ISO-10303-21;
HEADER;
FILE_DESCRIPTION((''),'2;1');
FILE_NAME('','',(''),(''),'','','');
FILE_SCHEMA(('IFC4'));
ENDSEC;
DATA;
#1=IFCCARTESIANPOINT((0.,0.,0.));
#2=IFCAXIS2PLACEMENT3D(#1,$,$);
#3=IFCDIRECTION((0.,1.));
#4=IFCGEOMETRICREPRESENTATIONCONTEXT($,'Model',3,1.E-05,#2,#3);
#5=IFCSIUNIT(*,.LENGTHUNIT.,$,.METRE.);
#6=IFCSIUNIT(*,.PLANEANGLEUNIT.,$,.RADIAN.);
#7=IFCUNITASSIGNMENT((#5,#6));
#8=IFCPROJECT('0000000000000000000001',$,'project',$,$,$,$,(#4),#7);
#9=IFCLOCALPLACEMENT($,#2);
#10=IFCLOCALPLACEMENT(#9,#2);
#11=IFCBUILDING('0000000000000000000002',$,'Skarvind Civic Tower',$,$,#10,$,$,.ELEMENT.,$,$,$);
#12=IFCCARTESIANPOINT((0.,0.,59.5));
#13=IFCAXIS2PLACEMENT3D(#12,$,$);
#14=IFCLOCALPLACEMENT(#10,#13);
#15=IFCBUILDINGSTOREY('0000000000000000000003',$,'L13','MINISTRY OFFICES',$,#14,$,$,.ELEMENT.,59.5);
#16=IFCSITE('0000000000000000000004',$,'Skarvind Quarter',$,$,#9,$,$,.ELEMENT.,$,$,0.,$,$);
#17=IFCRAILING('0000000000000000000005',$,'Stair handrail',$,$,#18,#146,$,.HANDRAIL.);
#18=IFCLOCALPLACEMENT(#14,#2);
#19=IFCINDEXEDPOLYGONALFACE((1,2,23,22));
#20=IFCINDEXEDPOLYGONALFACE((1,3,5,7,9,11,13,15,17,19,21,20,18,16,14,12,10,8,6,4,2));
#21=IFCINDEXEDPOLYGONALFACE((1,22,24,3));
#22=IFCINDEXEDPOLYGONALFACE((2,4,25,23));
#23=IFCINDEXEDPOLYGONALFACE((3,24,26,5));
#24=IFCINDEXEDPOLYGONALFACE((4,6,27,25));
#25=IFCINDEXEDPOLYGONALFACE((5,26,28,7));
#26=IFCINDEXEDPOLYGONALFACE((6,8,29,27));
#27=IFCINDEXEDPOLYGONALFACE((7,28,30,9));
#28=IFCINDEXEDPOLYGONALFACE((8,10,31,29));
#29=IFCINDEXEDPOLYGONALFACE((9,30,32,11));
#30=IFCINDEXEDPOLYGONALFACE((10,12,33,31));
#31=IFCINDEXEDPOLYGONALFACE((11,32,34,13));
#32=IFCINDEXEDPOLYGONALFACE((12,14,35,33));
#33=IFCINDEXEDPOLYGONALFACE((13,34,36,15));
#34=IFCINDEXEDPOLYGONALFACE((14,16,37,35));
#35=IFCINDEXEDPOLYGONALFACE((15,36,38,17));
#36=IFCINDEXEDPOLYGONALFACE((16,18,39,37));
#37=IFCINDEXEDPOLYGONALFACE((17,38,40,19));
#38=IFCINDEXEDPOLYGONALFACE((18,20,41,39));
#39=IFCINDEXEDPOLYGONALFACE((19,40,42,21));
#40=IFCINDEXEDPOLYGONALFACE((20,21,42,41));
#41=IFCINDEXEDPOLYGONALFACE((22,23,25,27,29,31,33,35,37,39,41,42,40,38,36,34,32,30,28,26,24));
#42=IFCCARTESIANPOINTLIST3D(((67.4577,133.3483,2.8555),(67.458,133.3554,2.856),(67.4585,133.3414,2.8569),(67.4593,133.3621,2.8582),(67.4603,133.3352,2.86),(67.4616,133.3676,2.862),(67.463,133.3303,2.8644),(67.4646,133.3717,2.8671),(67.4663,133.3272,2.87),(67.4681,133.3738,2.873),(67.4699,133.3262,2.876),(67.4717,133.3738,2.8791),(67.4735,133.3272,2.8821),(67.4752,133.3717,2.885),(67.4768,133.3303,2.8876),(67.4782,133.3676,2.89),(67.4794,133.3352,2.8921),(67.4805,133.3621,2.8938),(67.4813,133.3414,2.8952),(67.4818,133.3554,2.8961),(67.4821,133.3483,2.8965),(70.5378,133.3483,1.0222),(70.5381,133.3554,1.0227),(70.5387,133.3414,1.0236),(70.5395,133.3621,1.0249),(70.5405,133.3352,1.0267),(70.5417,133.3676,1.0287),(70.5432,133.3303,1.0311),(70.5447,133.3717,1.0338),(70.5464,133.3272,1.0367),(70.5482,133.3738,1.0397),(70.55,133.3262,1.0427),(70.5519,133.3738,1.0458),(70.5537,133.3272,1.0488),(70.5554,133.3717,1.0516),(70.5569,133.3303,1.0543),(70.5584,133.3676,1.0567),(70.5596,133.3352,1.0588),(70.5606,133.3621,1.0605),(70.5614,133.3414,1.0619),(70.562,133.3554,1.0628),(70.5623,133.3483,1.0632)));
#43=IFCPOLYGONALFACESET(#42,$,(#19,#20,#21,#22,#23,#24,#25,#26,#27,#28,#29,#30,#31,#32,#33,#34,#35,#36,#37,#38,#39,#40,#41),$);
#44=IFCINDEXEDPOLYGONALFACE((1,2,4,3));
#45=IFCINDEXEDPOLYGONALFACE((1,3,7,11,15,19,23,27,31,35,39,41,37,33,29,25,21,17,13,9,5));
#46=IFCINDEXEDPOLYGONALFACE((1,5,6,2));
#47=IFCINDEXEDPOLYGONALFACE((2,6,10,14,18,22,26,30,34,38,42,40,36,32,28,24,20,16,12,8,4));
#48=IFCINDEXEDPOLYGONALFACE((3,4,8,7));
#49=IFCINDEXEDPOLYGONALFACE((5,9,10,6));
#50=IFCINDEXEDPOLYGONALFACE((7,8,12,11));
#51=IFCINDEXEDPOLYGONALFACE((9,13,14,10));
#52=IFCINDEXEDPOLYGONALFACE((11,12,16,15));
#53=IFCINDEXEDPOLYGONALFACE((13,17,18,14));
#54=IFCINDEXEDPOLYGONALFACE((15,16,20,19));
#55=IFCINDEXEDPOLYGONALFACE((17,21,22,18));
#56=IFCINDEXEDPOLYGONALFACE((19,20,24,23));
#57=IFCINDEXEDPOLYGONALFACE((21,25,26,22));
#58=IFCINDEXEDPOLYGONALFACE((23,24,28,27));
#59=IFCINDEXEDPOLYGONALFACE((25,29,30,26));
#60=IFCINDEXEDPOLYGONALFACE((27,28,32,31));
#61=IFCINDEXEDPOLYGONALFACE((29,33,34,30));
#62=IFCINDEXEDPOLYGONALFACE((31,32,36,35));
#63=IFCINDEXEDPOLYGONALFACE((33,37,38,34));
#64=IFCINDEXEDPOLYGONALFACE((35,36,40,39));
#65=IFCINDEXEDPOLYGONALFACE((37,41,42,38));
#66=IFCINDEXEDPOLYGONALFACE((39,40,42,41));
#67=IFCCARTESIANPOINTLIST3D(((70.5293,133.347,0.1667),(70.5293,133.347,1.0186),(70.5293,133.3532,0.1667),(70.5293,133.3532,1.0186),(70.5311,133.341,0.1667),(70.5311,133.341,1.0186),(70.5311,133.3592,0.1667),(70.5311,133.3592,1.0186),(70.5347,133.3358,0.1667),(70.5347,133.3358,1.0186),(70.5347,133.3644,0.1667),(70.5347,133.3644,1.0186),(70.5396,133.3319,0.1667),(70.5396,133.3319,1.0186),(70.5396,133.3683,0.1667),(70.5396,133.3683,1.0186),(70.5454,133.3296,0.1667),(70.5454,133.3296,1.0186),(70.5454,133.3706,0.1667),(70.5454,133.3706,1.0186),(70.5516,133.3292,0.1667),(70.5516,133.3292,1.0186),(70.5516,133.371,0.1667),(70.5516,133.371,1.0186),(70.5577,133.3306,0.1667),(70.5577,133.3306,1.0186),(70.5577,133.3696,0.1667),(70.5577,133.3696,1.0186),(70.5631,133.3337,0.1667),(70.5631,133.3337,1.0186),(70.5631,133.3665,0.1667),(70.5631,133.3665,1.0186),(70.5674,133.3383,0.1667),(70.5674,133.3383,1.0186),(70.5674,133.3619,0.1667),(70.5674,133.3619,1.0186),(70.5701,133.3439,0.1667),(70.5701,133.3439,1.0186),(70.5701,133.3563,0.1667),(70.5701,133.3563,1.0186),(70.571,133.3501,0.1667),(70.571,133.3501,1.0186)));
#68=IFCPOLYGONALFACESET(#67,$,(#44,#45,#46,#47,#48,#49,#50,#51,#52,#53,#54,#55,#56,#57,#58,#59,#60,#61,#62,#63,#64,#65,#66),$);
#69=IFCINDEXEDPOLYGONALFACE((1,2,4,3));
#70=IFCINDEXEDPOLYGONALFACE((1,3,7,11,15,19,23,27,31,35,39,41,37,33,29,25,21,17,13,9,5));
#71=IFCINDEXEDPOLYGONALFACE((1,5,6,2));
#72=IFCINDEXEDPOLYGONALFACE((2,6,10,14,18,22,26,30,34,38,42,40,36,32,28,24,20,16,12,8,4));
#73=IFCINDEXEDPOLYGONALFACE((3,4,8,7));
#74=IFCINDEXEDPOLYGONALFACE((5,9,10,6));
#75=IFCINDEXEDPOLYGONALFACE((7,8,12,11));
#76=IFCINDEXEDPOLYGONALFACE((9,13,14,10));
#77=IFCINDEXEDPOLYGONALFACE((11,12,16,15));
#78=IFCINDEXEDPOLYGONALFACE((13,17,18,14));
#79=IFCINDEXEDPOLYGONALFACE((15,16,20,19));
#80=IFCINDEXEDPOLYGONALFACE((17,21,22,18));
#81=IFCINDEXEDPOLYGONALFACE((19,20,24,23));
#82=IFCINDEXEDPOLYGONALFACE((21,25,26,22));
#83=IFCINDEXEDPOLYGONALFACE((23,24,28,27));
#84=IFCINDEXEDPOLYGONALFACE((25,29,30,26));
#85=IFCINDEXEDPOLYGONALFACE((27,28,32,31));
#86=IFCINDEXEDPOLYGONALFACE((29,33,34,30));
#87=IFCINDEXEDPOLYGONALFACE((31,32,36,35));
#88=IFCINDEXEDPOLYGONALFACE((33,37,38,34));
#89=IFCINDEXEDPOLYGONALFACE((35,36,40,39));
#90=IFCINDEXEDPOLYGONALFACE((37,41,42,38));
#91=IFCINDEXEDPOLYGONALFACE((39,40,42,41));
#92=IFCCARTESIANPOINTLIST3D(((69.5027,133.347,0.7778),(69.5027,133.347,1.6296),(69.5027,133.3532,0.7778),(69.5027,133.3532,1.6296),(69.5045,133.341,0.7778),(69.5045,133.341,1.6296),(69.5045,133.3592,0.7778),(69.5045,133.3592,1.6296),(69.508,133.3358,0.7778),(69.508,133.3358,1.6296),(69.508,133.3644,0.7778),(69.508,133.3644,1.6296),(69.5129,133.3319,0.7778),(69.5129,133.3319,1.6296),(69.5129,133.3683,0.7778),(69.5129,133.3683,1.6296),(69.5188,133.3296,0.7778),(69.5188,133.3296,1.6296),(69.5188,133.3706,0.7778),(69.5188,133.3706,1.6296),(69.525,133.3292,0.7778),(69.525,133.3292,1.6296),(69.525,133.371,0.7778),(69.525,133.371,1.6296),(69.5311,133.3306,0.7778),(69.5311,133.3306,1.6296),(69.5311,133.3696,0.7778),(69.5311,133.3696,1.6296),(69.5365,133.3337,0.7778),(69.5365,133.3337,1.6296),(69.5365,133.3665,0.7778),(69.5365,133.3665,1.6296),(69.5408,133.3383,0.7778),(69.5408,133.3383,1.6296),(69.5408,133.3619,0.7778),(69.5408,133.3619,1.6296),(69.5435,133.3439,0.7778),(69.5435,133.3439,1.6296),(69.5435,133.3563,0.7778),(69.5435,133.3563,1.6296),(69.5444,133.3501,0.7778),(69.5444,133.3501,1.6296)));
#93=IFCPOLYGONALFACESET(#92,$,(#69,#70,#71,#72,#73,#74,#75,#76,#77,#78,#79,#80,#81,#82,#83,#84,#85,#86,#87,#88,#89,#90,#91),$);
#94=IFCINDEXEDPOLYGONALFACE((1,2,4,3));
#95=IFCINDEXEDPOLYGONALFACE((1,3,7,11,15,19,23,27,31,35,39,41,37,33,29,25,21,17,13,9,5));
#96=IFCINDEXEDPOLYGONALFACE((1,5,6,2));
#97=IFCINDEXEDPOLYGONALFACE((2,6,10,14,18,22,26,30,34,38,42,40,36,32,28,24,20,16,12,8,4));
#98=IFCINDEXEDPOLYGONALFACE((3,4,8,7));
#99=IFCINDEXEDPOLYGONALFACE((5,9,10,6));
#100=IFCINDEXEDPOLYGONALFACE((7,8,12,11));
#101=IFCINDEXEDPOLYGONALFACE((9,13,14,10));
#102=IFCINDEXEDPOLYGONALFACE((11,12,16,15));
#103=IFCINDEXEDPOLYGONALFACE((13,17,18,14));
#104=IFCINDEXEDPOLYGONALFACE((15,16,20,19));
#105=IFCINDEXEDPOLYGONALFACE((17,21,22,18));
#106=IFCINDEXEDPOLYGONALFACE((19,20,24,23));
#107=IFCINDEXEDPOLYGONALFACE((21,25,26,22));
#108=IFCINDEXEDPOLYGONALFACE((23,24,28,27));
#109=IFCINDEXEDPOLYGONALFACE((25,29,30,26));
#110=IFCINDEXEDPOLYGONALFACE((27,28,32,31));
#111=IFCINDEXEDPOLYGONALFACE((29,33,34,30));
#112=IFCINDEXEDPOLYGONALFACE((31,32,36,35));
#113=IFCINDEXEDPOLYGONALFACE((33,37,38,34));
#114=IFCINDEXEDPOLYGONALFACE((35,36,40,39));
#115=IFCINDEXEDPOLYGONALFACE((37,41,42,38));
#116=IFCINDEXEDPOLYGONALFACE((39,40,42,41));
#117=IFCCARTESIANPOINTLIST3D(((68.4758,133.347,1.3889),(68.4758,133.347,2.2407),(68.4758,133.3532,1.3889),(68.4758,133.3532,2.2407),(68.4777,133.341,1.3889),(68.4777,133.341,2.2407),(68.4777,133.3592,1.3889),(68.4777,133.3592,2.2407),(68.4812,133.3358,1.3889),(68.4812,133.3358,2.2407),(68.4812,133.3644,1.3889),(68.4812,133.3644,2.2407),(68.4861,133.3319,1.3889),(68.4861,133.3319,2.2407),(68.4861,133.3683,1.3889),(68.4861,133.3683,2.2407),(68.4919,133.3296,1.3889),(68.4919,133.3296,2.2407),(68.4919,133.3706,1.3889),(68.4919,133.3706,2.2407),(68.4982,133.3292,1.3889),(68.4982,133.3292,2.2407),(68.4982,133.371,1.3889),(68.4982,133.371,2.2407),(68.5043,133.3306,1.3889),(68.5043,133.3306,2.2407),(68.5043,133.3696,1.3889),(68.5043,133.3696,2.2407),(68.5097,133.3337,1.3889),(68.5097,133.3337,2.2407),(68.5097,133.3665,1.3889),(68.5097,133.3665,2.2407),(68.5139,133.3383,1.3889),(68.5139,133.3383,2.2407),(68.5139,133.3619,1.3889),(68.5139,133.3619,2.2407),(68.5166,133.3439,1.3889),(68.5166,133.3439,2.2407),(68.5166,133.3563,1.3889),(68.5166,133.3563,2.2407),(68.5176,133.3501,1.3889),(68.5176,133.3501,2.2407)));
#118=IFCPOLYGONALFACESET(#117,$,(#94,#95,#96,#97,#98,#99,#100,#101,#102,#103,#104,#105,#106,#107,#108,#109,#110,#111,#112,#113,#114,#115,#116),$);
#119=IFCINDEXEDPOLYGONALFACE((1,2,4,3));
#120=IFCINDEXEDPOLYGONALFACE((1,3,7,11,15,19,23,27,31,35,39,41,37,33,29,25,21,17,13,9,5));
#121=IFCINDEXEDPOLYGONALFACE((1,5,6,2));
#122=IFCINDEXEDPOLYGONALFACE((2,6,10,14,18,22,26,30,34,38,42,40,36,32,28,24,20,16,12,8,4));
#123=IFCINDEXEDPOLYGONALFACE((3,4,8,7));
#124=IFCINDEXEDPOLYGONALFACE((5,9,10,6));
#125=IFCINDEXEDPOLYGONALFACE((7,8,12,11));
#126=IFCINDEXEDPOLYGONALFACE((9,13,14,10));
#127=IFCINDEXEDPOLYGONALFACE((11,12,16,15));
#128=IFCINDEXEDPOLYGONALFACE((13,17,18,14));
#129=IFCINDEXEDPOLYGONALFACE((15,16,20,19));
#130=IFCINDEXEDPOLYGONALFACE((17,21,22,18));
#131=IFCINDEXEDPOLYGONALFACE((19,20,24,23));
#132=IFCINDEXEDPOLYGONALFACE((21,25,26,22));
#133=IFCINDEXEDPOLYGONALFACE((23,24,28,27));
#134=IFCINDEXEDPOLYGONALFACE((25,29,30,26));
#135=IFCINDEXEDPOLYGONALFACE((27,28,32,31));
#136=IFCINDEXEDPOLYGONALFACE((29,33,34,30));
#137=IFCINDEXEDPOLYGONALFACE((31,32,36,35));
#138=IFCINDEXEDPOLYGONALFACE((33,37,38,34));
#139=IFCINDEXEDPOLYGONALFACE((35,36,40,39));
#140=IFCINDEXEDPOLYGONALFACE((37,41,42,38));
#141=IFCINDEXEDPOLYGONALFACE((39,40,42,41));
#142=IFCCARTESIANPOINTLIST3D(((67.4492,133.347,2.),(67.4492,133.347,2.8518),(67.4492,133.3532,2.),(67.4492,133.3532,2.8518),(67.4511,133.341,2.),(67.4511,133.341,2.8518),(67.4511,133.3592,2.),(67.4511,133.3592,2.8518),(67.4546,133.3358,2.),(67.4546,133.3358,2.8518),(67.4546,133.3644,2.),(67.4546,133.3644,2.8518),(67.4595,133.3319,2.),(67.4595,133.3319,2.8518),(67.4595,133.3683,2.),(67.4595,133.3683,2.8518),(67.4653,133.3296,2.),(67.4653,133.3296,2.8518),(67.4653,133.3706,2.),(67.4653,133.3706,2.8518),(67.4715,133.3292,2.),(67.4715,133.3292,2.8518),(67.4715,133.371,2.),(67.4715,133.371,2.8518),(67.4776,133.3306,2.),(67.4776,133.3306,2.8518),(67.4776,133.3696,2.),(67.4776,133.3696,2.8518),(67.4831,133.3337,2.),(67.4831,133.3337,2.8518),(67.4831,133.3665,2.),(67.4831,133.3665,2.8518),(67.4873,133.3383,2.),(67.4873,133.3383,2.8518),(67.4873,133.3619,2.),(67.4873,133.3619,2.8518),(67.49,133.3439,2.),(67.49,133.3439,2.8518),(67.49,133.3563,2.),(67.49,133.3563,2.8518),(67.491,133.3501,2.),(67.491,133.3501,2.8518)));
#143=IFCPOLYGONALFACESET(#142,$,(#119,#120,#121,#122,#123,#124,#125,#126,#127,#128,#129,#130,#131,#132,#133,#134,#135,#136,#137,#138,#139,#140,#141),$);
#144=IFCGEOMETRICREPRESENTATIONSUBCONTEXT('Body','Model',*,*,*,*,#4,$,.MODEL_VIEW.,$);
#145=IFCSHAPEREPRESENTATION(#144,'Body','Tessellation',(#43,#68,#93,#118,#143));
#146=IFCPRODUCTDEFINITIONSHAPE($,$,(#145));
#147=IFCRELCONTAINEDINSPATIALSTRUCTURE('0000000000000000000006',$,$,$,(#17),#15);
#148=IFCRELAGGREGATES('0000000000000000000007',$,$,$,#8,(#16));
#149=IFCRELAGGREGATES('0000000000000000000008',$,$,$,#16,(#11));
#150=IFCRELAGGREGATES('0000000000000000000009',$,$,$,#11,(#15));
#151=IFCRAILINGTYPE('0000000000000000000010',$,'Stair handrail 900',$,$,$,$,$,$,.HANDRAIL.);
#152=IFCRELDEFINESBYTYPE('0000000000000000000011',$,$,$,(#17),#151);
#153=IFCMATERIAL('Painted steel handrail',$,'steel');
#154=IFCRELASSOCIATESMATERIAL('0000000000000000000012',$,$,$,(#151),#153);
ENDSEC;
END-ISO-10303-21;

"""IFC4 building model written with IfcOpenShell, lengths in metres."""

from ifc_helpers import new_model, si_unit, direction, frame, origin, origin_2d, place, context, subcontext, project, spatial, circle, extrude, material, type_object, element, save


model = new_model("IFC4")

# Units and contexts
model_context = context("Model", 3, precision=1e-05, world=origin(), true_north=direction((0.0, 1.0)))
body_context = subcontext(model_context, "Body", "Model", "MODEL_VIEW")
ifc_project = project(units=[si_unit("LENGTHUNIT", "METRE"), si_unit("PLANEANGLEUNIT", "RADIAN")], contexts=[model_context])

# Site, building, storey
site_placement = place(None, origin())
site = spatial("IfcSite", under=ifc_project, at=site_placement, Name="Skarvind Quarter", CompositionType="ELEMENT", RefElevation=0.0)
building_placement = place(site_placement, origin())
building = spatial("IfcBuilding", under=site, at=building_placement, Name="Skarvind Civic Tower", CompositionType="ELEMENT")
storey_placement = place(building_placement, frame((0.0, 0.0, 59.5)))
storey = spatial("IfcBuildingStorey", under=building, at=storey_placement, Name="L13", Description="MINISTRY OFFICES", CompositionType="ELEMENT", Elevation=59.5)

# Railing
ifc_material_1 = material(Name="Painted steel handrail", Category="steel")
railing_type = type_object("IfcRailingType", Name="Stair handrail 900", PredefinedType="HANDRAIL", material=ifc_material_1)
railing_1_placement = place(storey_placement, frame((70.55, 133.3501, 0.1667)))
element("IfcRailing", 1, at=railing_1_placement, inside=storey, type_object=railing_type, Name="Stair handrail", PredefinedType="HANDRAIL", context=body_context, shape_type="SweptSolid", body=[
    extrude(circle(Radius=0.0239, at=origin_2d()), frame((0.0, 0.0, 0.876), z_axis=(-0.859309, 0.0, 0.511458), x_axis=(0.0, -1.0, 0.0)), (0.0, 0.0, 1.0), 3.5845),
    extrude(circle(Radius=0.021, at=origin_2d()), origin(), (0.0, 0.0, 1.0), 0.8518),
    extrude(circle(Radius=0.021, at=origin_2d()), frame((-1.0266, 0.0, 0.6111)), (0.0, 0.0, 1.0), 0.8518),
    extrude(circle(Radius=0.021, at=origin_2d()), frame((-2.0535, 0.0, 1.2222)), (0.0, 0.0, 1.0), 0.8518),
    extrude(circle(Radius=0.021, at=origin_2d()), frame((-3.0801, 0.0, 1.8333)), (0.0, 0.0, 1.0), 0.8518),
])

save(model, "model.ifc")
